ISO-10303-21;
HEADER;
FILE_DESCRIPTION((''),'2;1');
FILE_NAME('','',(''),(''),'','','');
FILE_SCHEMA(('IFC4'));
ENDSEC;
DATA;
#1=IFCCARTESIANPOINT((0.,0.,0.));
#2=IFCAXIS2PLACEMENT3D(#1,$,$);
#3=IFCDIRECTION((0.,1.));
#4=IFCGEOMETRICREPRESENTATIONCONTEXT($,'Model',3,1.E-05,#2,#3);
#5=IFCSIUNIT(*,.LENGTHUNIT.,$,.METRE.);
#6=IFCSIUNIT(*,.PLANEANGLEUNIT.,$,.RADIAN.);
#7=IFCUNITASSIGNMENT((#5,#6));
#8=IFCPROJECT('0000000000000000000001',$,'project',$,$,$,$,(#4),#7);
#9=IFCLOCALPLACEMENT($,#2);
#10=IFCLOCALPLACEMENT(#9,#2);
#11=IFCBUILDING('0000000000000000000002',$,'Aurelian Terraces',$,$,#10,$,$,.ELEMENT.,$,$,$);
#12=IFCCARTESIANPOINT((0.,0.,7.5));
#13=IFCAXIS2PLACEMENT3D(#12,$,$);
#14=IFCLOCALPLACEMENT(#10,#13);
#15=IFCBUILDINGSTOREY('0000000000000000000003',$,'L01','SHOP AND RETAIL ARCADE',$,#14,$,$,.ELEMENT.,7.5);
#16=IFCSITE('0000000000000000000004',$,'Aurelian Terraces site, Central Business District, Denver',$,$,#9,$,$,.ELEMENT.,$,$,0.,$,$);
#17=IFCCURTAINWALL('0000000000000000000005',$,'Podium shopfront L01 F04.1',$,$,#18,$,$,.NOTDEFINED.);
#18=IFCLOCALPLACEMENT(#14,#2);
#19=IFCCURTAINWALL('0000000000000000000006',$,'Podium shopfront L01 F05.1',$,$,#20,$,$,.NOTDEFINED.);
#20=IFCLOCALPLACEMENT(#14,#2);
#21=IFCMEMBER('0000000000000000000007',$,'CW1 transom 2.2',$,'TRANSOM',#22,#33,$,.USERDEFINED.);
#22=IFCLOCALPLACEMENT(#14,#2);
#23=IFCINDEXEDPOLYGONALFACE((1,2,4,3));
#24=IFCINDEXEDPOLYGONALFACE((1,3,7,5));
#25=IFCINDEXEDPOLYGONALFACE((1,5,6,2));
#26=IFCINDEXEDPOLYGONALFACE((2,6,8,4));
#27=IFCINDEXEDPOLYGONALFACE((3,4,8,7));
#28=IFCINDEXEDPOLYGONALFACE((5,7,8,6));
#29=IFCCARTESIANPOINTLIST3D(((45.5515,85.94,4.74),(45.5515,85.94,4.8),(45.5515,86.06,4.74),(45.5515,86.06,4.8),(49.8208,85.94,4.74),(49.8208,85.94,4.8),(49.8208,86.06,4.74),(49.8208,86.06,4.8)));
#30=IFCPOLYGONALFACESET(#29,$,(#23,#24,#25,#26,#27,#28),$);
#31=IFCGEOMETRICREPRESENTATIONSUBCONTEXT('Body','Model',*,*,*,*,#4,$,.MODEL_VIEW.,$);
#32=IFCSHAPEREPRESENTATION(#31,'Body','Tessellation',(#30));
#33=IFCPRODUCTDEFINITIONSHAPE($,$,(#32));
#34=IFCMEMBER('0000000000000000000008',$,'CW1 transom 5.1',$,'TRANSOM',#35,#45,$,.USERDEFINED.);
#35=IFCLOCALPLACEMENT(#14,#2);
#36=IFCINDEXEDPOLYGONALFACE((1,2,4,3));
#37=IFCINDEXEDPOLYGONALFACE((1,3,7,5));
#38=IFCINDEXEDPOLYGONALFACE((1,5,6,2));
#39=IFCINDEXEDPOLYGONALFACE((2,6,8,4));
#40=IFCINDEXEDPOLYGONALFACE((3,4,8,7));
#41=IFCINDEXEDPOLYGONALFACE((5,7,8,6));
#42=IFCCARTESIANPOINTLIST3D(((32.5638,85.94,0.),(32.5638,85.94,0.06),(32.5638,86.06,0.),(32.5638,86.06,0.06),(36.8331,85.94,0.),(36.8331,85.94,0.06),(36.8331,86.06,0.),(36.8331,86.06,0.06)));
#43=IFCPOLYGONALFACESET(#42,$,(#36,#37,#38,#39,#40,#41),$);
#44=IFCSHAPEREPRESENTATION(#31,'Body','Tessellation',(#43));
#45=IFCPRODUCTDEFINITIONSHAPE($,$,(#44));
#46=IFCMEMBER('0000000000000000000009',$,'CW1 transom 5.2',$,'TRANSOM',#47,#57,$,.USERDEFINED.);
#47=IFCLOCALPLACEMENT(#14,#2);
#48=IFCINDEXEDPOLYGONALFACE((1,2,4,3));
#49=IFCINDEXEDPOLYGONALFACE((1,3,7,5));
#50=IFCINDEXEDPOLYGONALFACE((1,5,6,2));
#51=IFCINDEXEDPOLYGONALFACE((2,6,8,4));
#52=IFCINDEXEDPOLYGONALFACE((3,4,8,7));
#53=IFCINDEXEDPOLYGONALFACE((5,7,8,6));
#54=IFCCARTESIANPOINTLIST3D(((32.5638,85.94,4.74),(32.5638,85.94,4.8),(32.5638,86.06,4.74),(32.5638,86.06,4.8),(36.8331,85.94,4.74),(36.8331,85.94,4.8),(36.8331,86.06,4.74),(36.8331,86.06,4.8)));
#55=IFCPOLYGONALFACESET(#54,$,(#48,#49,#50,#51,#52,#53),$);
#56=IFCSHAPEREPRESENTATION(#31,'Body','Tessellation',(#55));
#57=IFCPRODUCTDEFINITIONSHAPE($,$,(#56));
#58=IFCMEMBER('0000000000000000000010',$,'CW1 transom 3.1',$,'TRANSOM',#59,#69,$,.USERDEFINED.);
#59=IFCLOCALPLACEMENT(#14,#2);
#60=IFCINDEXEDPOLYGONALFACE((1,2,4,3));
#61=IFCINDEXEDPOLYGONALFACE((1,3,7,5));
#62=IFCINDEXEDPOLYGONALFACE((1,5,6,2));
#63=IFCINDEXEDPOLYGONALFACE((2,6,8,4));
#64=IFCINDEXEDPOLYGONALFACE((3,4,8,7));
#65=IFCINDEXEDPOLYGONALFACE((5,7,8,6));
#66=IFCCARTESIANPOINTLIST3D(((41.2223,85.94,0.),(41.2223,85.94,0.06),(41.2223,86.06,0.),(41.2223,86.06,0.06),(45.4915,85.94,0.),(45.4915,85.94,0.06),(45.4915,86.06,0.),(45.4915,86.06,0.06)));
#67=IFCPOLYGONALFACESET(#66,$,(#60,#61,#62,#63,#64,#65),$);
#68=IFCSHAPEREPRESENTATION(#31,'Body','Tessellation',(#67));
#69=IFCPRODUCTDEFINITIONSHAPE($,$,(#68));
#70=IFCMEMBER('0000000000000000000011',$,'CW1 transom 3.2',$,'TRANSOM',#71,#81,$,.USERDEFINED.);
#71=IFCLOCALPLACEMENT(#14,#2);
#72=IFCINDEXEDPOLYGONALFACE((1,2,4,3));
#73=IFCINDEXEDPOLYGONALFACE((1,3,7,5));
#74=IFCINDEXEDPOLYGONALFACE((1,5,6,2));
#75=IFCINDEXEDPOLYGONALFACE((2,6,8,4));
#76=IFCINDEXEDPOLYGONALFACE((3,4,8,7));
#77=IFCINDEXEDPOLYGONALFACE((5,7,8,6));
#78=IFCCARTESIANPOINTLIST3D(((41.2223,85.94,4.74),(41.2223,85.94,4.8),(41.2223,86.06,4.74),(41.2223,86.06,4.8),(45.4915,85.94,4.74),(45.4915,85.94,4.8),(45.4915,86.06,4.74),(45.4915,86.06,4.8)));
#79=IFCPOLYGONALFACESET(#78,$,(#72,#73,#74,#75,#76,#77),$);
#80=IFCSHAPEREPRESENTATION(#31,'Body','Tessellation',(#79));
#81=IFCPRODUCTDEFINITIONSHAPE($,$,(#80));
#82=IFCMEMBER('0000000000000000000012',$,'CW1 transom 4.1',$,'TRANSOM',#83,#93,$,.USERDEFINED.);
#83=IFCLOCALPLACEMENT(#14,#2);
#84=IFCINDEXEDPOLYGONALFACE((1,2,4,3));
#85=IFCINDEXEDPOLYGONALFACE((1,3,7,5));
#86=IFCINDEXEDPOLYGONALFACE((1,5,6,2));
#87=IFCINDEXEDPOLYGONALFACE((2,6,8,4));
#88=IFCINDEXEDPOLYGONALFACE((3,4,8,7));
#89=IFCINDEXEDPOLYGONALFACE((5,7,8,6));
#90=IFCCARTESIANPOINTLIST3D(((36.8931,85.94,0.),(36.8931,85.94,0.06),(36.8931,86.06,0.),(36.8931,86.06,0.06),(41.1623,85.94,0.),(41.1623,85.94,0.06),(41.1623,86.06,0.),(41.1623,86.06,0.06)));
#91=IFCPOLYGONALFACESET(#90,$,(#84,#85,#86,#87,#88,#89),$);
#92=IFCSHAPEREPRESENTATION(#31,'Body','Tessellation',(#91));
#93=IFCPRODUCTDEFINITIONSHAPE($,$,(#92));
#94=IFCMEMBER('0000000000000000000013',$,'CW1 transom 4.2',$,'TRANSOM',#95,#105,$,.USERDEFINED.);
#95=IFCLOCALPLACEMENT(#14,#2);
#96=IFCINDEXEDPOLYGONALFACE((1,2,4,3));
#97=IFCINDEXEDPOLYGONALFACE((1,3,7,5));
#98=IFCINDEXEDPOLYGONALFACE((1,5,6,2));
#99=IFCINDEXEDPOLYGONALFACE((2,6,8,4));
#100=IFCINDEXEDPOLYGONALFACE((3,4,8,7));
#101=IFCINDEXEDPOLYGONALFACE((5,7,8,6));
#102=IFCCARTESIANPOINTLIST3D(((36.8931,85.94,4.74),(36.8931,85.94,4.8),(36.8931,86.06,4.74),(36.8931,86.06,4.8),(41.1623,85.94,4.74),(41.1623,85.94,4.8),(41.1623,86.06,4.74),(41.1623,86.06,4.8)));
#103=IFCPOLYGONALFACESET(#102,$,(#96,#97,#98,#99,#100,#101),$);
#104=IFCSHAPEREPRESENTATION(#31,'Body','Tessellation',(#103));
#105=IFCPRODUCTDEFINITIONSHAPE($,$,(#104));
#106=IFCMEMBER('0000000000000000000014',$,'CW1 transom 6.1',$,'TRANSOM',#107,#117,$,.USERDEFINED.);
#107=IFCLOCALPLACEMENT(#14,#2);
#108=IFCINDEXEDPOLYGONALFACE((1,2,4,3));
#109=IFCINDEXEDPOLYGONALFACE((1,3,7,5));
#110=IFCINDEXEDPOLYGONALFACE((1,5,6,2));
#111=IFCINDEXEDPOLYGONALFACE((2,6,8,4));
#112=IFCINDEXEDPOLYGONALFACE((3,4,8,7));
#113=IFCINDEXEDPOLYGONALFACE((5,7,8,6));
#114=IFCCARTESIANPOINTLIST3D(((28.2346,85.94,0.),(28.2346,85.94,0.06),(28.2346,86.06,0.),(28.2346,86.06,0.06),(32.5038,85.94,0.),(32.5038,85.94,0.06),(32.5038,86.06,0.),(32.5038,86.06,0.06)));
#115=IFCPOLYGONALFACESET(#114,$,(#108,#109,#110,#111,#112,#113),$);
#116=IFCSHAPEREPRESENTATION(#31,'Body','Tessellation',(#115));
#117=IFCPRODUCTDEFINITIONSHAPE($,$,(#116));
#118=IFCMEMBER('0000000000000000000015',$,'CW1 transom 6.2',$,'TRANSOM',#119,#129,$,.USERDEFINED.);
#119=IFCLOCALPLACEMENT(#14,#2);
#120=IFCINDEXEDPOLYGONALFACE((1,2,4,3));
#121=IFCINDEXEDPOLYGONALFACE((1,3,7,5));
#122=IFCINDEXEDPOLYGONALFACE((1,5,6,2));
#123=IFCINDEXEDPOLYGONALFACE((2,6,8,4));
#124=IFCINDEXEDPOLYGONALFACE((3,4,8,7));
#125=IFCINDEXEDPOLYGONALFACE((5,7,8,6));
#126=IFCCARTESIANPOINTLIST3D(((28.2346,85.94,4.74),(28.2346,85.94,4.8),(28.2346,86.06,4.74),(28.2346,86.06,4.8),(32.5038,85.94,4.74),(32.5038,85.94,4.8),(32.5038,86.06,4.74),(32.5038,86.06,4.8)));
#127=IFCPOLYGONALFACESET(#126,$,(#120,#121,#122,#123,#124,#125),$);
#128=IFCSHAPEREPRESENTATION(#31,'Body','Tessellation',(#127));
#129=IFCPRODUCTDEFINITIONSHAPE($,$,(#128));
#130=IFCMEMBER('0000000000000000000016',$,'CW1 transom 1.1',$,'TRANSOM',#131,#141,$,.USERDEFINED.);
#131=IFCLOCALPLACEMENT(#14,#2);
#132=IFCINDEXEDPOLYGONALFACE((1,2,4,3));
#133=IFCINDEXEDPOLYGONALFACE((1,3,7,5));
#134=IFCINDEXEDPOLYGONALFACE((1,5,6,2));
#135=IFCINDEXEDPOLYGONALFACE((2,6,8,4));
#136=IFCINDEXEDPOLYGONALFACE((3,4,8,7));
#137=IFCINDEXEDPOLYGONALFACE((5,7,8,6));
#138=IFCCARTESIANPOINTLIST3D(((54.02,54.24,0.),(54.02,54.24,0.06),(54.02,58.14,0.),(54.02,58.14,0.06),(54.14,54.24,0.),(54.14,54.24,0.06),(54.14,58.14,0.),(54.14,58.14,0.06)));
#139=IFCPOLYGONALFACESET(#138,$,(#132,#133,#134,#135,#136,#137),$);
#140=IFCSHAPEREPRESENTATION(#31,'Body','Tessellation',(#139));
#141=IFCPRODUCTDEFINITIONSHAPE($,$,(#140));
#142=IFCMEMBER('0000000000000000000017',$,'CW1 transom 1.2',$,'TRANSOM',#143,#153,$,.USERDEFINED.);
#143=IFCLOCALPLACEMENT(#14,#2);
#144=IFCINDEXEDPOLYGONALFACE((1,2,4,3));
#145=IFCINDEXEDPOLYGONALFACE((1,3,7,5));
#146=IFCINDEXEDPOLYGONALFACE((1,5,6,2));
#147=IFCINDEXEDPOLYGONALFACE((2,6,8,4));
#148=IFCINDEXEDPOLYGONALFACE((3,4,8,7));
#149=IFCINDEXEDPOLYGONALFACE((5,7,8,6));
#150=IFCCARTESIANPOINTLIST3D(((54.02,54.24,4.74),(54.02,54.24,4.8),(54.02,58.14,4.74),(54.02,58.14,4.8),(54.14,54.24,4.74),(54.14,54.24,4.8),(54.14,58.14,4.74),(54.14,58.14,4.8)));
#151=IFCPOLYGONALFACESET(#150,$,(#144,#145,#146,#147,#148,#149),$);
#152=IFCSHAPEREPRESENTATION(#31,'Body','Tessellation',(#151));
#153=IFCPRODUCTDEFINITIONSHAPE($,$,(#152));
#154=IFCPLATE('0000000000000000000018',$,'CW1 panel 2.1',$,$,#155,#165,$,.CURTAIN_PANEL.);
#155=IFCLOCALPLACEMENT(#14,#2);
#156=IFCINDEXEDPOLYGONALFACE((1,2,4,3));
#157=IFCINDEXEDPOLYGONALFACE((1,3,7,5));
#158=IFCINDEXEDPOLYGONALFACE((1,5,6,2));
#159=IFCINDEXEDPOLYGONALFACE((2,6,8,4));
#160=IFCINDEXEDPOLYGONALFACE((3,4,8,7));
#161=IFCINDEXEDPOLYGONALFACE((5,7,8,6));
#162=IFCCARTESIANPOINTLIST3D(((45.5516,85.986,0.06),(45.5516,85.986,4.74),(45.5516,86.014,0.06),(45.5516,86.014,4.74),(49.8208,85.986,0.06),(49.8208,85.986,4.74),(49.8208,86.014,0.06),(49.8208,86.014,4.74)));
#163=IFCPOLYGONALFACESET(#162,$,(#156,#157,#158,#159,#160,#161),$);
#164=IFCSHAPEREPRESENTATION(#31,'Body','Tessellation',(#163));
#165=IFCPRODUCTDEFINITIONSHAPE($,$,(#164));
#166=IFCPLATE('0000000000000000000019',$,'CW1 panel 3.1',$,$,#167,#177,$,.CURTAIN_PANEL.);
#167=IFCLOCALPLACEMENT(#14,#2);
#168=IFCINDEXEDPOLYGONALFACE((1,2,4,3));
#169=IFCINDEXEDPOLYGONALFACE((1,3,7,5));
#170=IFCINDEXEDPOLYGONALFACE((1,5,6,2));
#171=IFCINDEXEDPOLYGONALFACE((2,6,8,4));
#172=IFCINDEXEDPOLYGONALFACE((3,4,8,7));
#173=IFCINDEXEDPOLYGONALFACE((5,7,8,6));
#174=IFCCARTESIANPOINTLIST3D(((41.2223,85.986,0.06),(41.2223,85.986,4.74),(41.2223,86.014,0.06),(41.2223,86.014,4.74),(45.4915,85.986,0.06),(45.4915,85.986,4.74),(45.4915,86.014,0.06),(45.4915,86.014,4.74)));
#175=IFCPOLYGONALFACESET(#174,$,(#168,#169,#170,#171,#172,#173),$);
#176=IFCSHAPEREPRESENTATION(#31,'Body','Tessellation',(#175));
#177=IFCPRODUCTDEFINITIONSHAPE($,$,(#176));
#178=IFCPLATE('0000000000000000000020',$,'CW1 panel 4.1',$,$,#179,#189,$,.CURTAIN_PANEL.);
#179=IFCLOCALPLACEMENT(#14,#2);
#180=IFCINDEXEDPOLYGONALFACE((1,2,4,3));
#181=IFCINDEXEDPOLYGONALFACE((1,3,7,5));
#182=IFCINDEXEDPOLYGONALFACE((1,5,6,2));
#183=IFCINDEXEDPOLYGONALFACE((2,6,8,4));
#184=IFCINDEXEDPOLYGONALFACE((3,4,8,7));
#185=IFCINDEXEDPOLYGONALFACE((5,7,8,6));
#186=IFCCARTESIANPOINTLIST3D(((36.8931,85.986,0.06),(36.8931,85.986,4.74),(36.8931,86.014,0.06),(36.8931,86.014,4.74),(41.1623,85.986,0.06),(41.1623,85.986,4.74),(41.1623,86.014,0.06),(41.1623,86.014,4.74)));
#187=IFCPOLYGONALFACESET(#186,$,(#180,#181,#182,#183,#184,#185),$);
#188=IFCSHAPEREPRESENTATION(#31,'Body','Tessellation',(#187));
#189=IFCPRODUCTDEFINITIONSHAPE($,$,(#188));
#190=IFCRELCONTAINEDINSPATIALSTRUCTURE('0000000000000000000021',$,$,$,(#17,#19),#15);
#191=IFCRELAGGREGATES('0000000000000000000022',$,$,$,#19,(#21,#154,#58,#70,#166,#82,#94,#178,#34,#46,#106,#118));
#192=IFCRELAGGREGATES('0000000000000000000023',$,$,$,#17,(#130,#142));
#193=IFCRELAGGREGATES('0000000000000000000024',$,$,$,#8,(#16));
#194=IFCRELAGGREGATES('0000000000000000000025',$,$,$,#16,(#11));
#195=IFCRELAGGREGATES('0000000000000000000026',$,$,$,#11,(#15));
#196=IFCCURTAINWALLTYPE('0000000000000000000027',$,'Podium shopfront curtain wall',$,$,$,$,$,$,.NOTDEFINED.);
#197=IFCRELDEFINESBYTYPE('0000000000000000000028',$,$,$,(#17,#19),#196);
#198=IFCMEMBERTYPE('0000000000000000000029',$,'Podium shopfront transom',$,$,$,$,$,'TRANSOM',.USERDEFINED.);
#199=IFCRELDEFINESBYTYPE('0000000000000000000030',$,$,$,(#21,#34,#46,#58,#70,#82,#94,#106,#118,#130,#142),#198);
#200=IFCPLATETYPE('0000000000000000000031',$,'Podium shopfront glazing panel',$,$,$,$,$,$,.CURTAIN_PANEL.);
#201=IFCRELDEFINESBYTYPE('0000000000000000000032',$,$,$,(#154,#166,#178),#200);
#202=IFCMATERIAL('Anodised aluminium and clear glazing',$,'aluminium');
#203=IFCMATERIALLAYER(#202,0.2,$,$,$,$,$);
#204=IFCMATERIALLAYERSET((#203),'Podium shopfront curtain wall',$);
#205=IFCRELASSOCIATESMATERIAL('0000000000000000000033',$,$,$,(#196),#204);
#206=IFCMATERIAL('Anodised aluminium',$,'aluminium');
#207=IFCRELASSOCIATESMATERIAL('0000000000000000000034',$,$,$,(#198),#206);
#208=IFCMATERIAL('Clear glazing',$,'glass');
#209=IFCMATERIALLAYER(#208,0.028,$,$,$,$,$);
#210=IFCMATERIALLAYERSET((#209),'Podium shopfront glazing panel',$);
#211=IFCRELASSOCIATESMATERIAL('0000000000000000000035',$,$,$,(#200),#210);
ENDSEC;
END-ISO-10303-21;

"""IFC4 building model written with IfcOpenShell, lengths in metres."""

from ifc_helpers import new_model, si_unit, direction, frame, origin, origin_2d, place, context, subcontext, project, spatial, rectangle, extrude, source, transform, mapped, material, layer, layer_set, material_profile, profile_set, type_object, element, aggregate, save


model = new_model("IFC4")

# Units and contexts
model_context = context("Model", 3, precision=1e-05, world=origin(), true_north=direction((0.0, 1.0)))
body_context = subcontext(model_context, "Body", "Model", "MODEL_VIEW")
ifc_project = project(units=[si_unit("LENGTHUNIT", "METRE"), si_unit("PLANEANGLEUNIT", "RADIAN")], contexts=[model_context])

# Site, building, storey
site_placement = place(None, origin())
site = spatial("IfcSite", under=ifc_project, at=site_placement, Name="Aurelian Terraces site, Central Business District, Denver", CompositionType="ELEMENT", RefElevation=0.0)
building_placement = place(site_placement, origin())
building = spatial("IfcBuilding", under=site, at=building_placement, Name="Aurelian Terraces", CompositionType="ELEMENT")
storey_placement = place(building_placement, frame((0.0, 0.0, 7.5)))
storey = spatial("IfcBuildingStorey", under=building, at=storey_placement, Name="L01", Description="SHOP AND RETAIL ARCADE", CompositionType="ELEMENT", Elevation=7.5)

# Curtain walls, members
ifc_material_1 = material(Name="Anodised aluminium and clear glazing", Category="aluminium")
ifc_layer_1 = layer(ifc_material_1, 0.2)
ifc_layer_set_1 = layer_set([ifc_layer_1], Name="Podium shopfront curtain wall")
curtain_wall_type = type_object("IfcCurtainWallType", Name="Podium shopfront curtain wall", PredefinedType="NOTDEFINED", material=ifc_layer_set_1)
curtain_wall_1_placement = place(storey_placement, origin())
curtain_wall_1 = element("IfcCurtainWall", 1, at=curtain_wall_1_placement, inside=storey, type_object=curtain_wall_type, Name="Podium shopfront L01 F04.1", PredefinedType="NOTDEFINED")
ifc_material_2 = material(Name="Anodised aluminium", Category="aluminium")
ifc_material_profile_1 = material_profile(ifc_material_2, rectangle(XDim=0.12, YDim=0.06, at=origin_2d()))
ifc_profile_set_1 = profile_set([ifc_material_profile_1], Name="Anodised aluminium")
member_type_1 = type_object("IfcMemberType", Name="Podium shopfront transom", ElementType="TRANSOM", PredefinedType="USERDEFINED", material=ifc_profile_set_1)
curtain_wall_2_placement = place(storey_placement, origin())
curtain_wall_2 = element("IfcCurtainWall", 2, at=curtain_wall_2_placement, inside=storey, type_object=curtain_wall_type, Name="Podium shopfront L01 F05.1", PredefinedType="NOTDEFINED")
shared_shape_1 = source(origin(), body_context, "Body", "SweptSolid", [
    extrude(rectangle(XDim=0.12, YDim=0.06, at=origin_2d()), origin(), (0.0, 0.0, 1.0), 4.2693),
])
member_1_placement = place(storey_placement, frame((49.8208, 86.0, 4.77), z_axis=(-1.0, 0.0, 0.0), x_axis=(0.0, -1.0, 0.0)))
member_1 = element("IfcMember", 3, at=member_1_placement, type_object=member_type_1, Name="CW1 transom 2.2", ObjectType="TRANSOM", PredefinedType="USERDEFINED", context=body_context, shape_type="MappedRepresentation", body=[
    mapped(shared_shape_1, transform((0.0, 0.0, 0.0), scale=1.0)),
])
member_2_placement = place(storey_placement, frame((36.8331, 86.0, 0.03), z_axis=(-1.0, 0.0, 0.0), x_axis=(0.0, -1.0, 0.0)))
member_2 = element("IfcMember", 4, at=member_2_placement, type_object=member_type_1, Name="CW1 transom 5.1", ObjectType="TRANSOM", PredefinedType="USERDEFINED", context=body_context, shape_type="MappedRepresentation", body=[
    mapped(shared_shape_1, transform((0.0, 0.0, 0.0), scale=1.0)),
])
member_3_placement = place(storey_placement, frame((36.8331, 86.0, 4.77), z_axis=(-1.0, 0.0, 0.0), x_axis=(0.0, -1.0, 0.0)))
member_3 = element("IfcMember", 5, at=member_3_placement, type_object=member_type_1, Name="CW1 transom 5.2", ObjectType="TRANSOM", PredefinedType="USERDEFINED", context=body_context, shape_type="MappedRepresentation", body=[
    mapped(shared_shape_1, transform((0.0, 0.0, 0.0), scale=1.0)),
])
shared_shape_2 = source(origin(), body_context, "Body", "SweptSolid", [
    extrude(rectangle(XDim=0.12, YDim=0.06, at=origin_2d()), origin(), (0.0, 0.0, 1.0), 4.2692),
])
member_4_placement = place(storey_placement, frame((45.4915, 86.0, 0.03), z_axis=(-1.0, 0.0, 0.0), x_axis=(0.0, -1.0, 0.0)))
member_4 = element("IfcMember", 6, at=member_4_placement, type_object=member_type_1, Name="CW1 transom 3.1", ObjectType="TRANSOM", PredefinedType="USERDEFINED", context=body_context, shape_type="MappedRepresentation", body=[
    mapped(shared_shape_2, transform((0.0, 0.0, 0.0), scale=1.0)),
])
member_5_placement = place(storey_placement, frame((45.4915, 86.0, 4.77), z_axis=(-1.0, 0.0, 0.0), x_axis=(0.0, -1.0, 0.0)))
member_5 = element("IfcMember", 7, at=member_5_placement, type_object=member_type_1, Name="CW1 transom 3.2", ObjectType="TRANSOM", PredefinedType="USERDEFINED", context=body_context, shape_type="MappedRepresentation", body=[
    mapped(shared_shape_2, transform((0.0, 0.0, 0.0), scale=1.0)),
])
member_6_placement = place(storey_placement, frame((41.1623, 86.0, 0.03), z_axis=(-1.0, 0.0, 0.0), x_axis=(0.0, -1.0, 0.0)))
member_6 = element("IfcMember", 8, at=member_6_placement, type_object=member_type_1, Name="CW1 transom 4.1", ObjectType="TRANSOM", PredefinedType="USERDEFINED", context=body_context, shape_type="MappedRepresentation", body=[
    mapped(shared_shape_2, transform((0.0, 0.0, 0.0), scale=1.0)),
])
member_7_placement = place(storey_placement, frame((41.1623, 86.0, 4.77), z_axis=(-1.0, 0.0, 0.0), x_axis=(0.0, -1.0, 0.0)))
member_7 = element("IfcMember", 9, at=member_7_placement, type_object=member_type_1, Name="CW1 transom 4.2", ObjectType="TRANSOM", PredefinedType="USERDEFINED", context=body_context, shape_type="MappedRepresentation", body=[
    mapped(shared_shape_2, transform((0.0, 0.0, 0.0), scale=1.0)),
])
member_8_placement = place(storey_placement, frame((32.5038, 86.0, 0.03), z_axis=(-1.0, 0.0, 0.0), x_axis=(0.0, -1.0, 0.0)))
member_8 = element("IfcMember", 10, at=member_8_placement, type_object=member_type_1, Name="CW1 transom 6.1", ObjectType="TRANSOM", PredefinedType="USERDEFINED", context=body_context, shape_type="MappedRepresentation", body=[
    mapped(shared_shape_2, transform((0.0, 0.0, 0.0), scale=1.0)),
])
member_9_placement = place(storey_placement, frame((32.5038, 86.0, 4.77), z_axis=(-1.0, 0.0, 0.0), x_axis=(0.0, -1.0, 0.0)))
member_9 = element("IfcMember", 11, at=member_9_placement, type_object=member_type_1, Name="CW1 transom 6.2", ObjectType="TRANSOM", PredefinedType="USERDEFINED", context=body_context, shape_type="MappedRepresentation", body=[
    mapped(shared_shape_2, transform((0.0, 0.0, 0.0), scale=1.0)),
])

# Members
shared_shape_3 = source(origin(), body_context, "Body", "SweptSolid", [
    extrude(rectangle(XDim=0.12, YDim=0.06, at=origin_2d()), origin(), (0.0, 0.0, 1.0), 3.9),
])
member_10_placement = place(storey_placement, frame((54.08, 54.24, 0.03), z_axis=(0.0, 1.0, 0.0), x_axis=(-1.0, 0.0, 0.0)))
member_10 = element("IfcMember", 12, at=member_10_placement, type_object=member_type_1, Name="CW1 transom 1.1", ObjectType="TRANSOM", PredefinedType="USERDEFINED", context=body_context, shape_type="MappedRepresentation", body=[
    mapped(shared_shape_3, transform((0.0, 0.0, 0.0), scale=1.0)),
])
member_11_placement = place(storey_placement, frame((54.08, 54.24, 4.77), z_axis=(0.0, 1.0, 0.0), x_axis=(-1.0, 0.0, 0.0)))
member_11 = element("IfcMember", 13, at=member_11_placement, type_object=member_type_1, Name="CW1 transom 1.2", ObjectType="TRANSOM", PredefinedType="USERDEFINED", context=body_context, shape_type="MappedRepresentation", body=[
    mapped(shared_shape_3, transform((0.0, 0.0, 0.0), scale=1.0)),
])

# Plates
ifc_material_3 = material(Name="Clear glazing", Category="glass")
ifc_layer_2 = layer(ifc_material_3, 0.028)
ifc_layer_set_2 = layer_set([ifc_layer_2], Name="Podium shopfront glazing panel")
plate_type = type_object("IfcPlateType", Name="Podium shopfront glazing panel", PredefinedType="CURTAIN_PANEL", material=ifc_layer_set_2)
shared_shape_4 = source(origin(), body_context, "Body", "SweptSolid", [
    extrude(rectangle(XDim=4.2692, YDim=0.028, at=origin_2d()), origin(), (0.0, 0.0, 1.0), 4.68),
])
plate_1_placement = place(storey_placement, frame((47.6862, 86.0, 0.06), z_axis=(0.0, 0.0, 1.0), x_axis=(-1.0, 0.0, 0.0)))
plate_1 = element("IfcPlate", 14, at=plate_1_placement, type_object=plate_type, Name="CW1 panel 2.1", PredefinedType="CURTAIN_PANEL", context=body_context, shape_type="MappedRepresentation", body=[
    mapped(shared_shape_4, transform((0.0, 0.0, 0.0), scale=1.0)),
])
plate_2_placement = place(storey_placement, frame((43.3569, 86.0, 0.06), z_axis=(0.0, 0.0, 1.0), x_axis=(-1.0, 0.0, 0.0)))
plate_2 = element("IfcPlate", 15, at=plate_2_placement, type_object=plate_type, Name="CW1 panel 3.1", PredefinedType="CURTAIN_PANEL", context=body_context, shape_type="MappedRepresentation", body=[
    mapped(shared_shape_4, transform((0.0, 0.0, 0.0), scale=1.0)),
])
plate_3_placement = place(storey_placement, frame((39.0277, 86.0, 0.06), z_axis=(0.0, 0.0, 1.0), x_axis=(-1.0, 0.0, 0.0)))
plate_3 = element("IfcPlate", 16, at=plate_3_placement, type_object=plate_type, Name="CW1 panel 4.1", PredefinedType="CURTAIN_PANEL", context=body_context, shape_type="MappedRepresentation", body=[
    mapped(shared_shape_4, transform((0.0, 0.0, 0.0), scale=1.0)),
])
aggregate(curtain_wall_2, [member_1, plate_1, member_4, member_5, plate_2, member_6, member_7, plate_3, member_2, member_3, member_8, member_9])
aggregate(curtain_wall_1, [member_10, member_11])

save(model, "model.ifc")
